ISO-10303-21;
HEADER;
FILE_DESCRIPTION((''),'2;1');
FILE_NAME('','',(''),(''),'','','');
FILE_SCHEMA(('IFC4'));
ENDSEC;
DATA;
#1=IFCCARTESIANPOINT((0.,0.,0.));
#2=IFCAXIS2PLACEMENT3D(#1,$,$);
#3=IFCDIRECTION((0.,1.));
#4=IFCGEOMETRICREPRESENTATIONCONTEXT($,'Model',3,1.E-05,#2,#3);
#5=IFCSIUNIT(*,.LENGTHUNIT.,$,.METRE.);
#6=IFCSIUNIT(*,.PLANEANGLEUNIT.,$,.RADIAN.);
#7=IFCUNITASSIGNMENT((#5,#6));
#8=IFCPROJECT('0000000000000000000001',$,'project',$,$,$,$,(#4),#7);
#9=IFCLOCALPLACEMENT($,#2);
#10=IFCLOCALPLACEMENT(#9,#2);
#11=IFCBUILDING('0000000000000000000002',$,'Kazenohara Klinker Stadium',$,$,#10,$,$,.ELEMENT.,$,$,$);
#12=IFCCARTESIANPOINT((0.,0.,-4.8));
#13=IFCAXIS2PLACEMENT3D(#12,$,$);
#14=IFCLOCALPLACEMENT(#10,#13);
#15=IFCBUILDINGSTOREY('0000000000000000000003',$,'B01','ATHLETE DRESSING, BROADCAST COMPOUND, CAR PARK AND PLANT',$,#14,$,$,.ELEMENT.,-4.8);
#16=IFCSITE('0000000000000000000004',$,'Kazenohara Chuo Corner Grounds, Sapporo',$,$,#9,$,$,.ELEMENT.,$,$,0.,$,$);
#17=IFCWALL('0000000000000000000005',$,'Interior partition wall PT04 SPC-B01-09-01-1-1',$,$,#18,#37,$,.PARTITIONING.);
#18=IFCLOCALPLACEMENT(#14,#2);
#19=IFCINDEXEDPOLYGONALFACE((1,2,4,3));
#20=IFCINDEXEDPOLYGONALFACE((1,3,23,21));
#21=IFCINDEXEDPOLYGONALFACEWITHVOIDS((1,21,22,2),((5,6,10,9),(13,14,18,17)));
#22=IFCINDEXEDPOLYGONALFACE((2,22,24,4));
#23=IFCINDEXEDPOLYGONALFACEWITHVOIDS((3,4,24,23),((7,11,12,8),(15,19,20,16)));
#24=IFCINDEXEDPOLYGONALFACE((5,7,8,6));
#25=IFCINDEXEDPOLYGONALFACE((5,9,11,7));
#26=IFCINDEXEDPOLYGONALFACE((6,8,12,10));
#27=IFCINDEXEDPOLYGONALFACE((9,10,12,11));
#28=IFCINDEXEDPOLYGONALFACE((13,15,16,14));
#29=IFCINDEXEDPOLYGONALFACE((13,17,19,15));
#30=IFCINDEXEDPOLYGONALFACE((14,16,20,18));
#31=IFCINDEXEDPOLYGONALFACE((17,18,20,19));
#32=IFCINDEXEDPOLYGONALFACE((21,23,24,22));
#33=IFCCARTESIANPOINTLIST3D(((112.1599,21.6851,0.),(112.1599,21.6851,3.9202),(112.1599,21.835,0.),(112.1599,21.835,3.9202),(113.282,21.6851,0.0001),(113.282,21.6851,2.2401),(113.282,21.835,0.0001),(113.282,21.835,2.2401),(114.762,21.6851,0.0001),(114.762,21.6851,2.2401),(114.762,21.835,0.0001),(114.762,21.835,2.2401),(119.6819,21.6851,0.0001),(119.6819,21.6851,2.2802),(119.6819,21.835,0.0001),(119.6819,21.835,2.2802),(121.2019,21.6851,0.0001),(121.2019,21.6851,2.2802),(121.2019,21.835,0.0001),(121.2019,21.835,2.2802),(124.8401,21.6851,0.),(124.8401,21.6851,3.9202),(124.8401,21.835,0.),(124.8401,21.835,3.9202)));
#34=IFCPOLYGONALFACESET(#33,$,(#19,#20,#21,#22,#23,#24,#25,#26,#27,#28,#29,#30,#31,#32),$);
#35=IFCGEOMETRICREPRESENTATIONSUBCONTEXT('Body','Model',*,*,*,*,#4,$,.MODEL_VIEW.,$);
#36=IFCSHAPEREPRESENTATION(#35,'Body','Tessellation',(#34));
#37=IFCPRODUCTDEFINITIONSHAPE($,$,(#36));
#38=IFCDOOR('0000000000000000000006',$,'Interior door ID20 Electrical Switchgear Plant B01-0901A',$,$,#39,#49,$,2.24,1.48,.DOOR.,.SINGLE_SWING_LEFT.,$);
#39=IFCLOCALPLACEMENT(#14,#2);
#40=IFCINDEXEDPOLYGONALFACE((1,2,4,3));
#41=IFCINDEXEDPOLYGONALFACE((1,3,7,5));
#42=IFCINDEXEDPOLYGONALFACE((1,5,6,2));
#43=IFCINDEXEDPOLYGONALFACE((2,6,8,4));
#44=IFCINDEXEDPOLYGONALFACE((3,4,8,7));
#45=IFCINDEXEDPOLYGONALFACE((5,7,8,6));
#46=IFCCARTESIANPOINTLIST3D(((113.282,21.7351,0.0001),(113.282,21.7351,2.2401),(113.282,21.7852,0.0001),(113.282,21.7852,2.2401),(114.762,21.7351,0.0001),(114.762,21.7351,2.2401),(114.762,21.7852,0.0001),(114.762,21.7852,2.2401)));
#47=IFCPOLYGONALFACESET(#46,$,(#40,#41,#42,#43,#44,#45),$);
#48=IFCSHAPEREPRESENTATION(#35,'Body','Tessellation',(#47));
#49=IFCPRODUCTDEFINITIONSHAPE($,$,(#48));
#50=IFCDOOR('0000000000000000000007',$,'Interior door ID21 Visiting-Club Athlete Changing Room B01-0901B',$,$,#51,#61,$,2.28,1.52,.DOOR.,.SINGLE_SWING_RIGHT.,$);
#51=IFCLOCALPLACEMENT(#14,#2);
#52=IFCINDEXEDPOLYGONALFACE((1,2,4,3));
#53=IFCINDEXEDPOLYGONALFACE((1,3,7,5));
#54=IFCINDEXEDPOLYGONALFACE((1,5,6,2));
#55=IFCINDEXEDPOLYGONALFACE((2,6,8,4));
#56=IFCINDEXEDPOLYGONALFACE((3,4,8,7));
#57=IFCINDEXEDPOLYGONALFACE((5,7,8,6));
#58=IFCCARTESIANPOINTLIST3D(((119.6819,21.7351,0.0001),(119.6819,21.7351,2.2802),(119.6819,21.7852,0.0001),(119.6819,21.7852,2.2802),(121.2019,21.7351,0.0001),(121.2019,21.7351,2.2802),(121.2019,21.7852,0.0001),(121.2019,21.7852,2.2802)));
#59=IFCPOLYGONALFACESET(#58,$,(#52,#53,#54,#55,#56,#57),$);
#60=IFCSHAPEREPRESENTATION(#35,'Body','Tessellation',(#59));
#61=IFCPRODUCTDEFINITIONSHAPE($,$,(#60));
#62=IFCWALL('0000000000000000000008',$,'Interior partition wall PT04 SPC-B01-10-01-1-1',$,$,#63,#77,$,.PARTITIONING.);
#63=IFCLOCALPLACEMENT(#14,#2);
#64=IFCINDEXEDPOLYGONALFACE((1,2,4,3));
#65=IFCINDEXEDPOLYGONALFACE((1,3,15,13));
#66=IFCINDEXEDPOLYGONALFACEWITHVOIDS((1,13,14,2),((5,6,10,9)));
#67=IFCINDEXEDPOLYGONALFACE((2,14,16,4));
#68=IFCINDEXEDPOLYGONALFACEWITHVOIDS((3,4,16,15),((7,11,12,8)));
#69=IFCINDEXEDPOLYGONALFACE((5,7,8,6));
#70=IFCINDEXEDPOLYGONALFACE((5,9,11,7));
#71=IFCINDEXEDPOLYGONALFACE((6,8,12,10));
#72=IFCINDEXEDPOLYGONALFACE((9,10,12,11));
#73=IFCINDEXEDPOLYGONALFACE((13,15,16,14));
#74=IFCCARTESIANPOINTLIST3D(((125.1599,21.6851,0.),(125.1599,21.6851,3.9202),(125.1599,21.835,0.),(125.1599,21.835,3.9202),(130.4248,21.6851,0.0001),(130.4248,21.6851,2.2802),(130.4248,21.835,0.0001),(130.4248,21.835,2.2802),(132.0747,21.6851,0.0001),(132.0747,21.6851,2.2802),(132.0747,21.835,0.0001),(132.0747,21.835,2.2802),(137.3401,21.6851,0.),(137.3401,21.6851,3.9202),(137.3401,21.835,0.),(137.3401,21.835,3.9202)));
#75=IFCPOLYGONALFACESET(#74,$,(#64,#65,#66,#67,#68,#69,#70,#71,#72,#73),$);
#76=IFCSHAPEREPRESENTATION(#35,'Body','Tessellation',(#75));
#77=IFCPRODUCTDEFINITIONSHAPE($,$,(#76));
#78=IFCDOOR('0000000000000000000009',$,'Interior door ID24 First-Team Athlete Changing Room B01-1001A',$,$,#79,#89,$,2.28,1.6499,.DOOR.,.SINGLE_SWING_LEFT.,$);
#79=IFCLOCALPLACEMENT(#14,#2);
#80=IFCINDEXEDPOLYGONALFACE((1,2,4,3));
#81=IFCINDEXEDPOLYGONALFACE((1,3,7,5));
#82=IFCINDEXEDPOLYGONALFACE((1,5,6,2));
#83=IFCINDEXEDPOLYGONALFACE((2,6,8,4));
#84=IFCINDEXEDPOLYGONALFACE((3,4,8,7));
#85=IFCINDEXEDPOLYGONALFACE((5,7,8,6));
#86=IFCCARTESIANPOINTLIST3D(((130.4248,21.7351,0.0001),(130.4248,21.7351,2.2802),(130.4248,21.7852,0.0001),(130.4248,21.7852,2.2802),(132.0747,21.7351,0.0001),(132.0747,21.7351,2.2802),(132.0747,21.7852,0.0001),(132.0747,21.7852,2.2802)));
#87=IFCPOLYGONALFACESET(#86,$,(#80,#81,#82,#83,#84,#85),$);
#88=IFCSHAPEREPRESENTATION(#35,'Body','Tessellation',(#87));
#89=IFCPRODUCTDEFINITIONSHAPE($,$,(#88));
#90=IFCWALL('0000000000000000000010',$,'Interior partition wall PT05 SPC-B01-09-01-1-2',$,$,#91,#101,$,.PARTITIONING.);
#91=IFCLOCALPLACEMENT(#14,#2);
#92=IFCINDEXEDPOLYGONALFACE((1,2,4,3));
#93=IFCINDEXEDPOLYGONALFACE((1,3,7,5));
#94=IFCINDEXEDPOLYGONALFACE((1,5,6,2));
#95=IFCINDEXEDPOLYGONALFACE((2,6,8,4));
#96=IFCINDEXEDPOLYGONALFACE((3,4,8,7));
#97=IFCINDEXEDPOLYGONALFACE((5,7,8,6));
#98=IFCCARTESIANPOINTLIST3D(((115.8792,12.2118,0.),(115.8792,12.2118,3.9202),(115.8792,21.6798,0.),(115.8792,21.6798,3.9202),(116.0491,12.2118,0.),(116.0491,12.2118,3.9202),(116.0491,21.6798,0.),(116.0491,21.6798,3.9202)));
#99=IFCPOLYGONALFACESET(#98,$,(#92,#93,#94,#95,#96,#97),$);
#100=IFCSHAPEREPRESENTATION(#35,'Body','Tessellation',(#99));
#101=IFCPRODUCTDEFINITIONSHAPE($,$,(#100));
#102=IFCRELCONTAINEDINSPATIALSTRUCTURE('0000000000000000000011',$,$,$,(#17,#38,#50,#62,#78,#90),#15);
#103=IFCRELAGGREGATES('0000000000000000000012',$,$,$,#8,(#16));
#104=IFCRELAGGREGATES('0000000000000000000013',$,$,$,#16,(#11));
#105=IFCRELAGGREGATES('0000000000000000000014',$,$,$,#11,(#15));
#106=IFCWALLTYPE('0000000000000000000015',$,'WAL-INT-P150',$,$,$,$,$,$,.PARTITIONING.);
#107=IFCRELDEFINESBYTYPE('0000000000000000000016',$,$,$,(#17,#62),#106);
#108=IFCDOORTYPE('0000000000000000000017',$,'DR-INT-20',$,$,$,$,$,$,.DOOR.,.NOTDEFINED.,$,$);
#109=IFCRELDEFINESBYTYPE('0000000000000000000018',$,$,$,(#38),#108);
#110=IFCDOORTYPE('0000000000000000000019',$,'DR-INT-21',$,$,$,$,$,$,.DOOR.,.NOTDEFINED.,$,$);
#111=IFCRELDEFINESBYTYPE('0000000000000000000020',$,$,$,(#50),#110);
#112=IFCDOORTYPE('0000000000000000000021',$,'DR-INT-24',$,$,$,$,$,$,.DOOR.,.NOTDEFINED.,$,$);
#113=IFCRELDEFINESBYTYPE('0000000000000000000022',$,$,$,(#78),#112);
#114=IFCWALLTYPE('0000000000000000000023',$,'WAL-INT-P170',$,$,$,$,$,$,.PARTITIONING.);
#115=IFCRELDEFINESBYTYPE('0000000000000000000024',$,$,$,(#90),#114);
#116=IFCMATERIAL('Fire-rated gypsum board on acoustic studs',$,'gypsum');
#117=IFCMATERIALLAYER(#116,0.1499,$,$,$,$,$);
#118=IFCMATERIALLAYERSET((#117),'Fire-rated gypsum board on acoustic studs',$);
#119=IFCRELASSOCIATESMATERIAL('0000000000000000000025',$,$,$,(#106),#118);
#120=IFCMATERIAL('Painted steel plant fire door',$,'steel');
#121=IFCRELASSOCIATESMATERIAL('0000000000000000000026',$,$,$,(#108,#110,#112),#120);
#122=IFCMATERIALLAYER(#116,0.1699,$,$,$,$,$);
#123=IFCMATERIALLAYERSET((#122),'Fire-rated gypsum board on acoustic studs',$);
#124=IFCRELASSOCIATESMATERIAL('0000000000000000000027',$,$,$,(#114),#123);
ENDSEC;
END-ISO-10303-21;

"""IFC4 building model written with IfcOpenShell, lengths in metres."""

from ifc_helpers import new_model, si_unit, direction, frame, frame_2d, origin, place, context, subcontext, project, spatial, rectangle, extrude, material, layer, layer_set, type_object, element, fill, save


model = new_model("IFC4")

# Units and contexts
model_context = context("Model", 3, precision=1e-05, world=origin(), true_north=direction((0.0, 1.0)))
body_context = subcontext(model_context, "Body", "Model", "MODEL_VIEW")
ifc_project = project(units=[si_unit("LENGTHUNIT", "METRE"), si_unit("PLANEANGLEUNIT", "RADIAN")], contexts=[model_context])

# Site, building, storey
site_placement = place(None, origin())
site = spatial("IfcSite", under=ifc_project, at=site_placement, Name="Kazenohara Chuo Corner Grounds, Sapporo", CompositionType="ELEMENT", RefElevation=0.0)
building_placement = place(site_placement, origin())
building = spatial("IfcBuilding", under=site, at=building_placement, Name="Kazenohara Klinker Stadium", CompositionType="ELEMENT")
storey_placement = place(building_placement, frame((0.0, 0.0, -4.8)))
storey = spatial("IfcBuildingStorey", under=building, at=storey_placement, Name="B01", Description="ATHLETE DRESSING, BROADCAST COMPOUND, CAR PARK AND PLANT", CompositionType="ELEMENT", Elevation=-4.8)

# Wall, openings, doors
ifc_material_1 = material(Name="Fire-rated gypsum board on acoustic studs", Category="gypsum")
ifc_layer_1 = layer(ifc_material_1, 0.1499)
ifc_layer_set_1 = layer_set([ifc_layer_1], Name="Fire-rated gypsum board on acoustic studs")
wall_type_1 = type_object("IfcWallType", Name="WAL-INT-P150", PredefinedType="PARTITIONING", material=ifc_layer_set_1)
wall_1_placement = place(storey_placement, frame((112.1599, 21.76, 0.0), z_axis=(0.0, 0.0, 1.0), x_axis=(1.0, 0.0, 0.0)))
wall_1 = element("IfcWall", 1, at=wall_1_placement, inside=storey, type_object=wall_type_1, Name="Interior partition wall PT04 SPC-B01-09-01-1-1", PredefinedType="PARTITIONING", context=body_context, shape_type="SweptSolid", body=[
    extrude(rectangle(XDim=12.6802, YDim=0.1499, at=frame_2d((6.3401, 0.0))), origin(), (0.0, 0.0, 1.0), 3.9202),
])
opening_1_placement = place(wall_1_placement, frame((2.6021, 0.0, 0.0), z_axis=(0.0, 0.0, 1.0), x_axis=(-1.0, 0.0, 0.0)))
opening_1 = element("IfcOpeningElement", 2, at=opening_1_placement, cuts=wall_1, PredefinedType="OPENING", context=body_context, shape_type="SweptSolid", body=[
    extrude(rectangle(XDim=1.48, YDim=2.24, at=frame_2d((0.74, 1.1201))), frame((0.0, 0.085, 0.0), z_axis=(0.0, -1.0, 0.0), x_axis=(1.0, 0.0, 0.0)), (0.0, 0.0, 1.0), 0.1699),
])
opening_2_placement = place(wall_1_placement, frame((9.042, 0.0, 0.0), z_axis=(0.0, 0.0, 1.0), x_axis=(-1.0, 0.0, 0.0)))
opening_2 = element("IfcOpeningElement", 3, at=opening_2_placement, cuts=wall_1, PredefinedType="OPENING", context=body_context, shape_type="SweptSolid", body=[
    extrude(rectangle(XDim=1.52, YDim=2.28, at=frame_2d((0.76, 1.1401))), frame((0.0, 0.085, 0.0), z_axis=(0.0, -1.0, 0.0), x_axis=(1.0, 0.0, 0.0)), (0.0, 0.0, 1.0), 0.1699),
])
ifc_material_2 = material(Name="Painted steel plant fire door", Category="steel")
door_type_1 = type_object("IfcDoorType", Name="DR-INT-20", OperationType="NOTDEFINED", PredefinedType="DOOR", material=ifc_material_2)
door_1_placement = place(opening_1_placement, origin())
door_1 = element("IfcDoor", 4, at=door_1_placement, inside=storey, type_object=door_type_1, Name="Interior door ID20 Electrical Switchgear Plant B01-0901A", OperationType="SINGLE_SWING_LEFT", OverallHeight=2.24, OverallWidth=1.48, PredefinedType="DOOR", context=body_context, shape_type="SweptSolid", body=[
    extrude(rectangle(XDim=1.48, YDim=2.24, at=frame_2d((0.74, 1.1201))), frame((0.0, 0.0249, 0.0), z_axis=(0.0, -1.0, 0.0), x_axis=(1.0, 0.0, 0.0)), (0.0, 0.0, 1.0), 0.05),
])
fill(opening_1, door_1)
door_type_2 = type_object("IfcDoorType", Name="DR-INT-21", OperationType="NOTDEFINED", PredefinedType="DOOR", material=ifc_material_2)
door_2_placement = place(opening_2_placement, origin())
door_2 = element("IfcDoor", 5, at=door_2_placement, inside=storey, type_object=door_type_2, Name="Interior door ID21 Visiting-Club Athlete Changing Room B01-0901B", OperationType="SINGLE_SWING_RIGHT", OverallHeight=2.28, OverallWidth=1.52, PredefinedType="DOOR", context=body_context, shape_type="SweptSolid", body=[
    extrude(rectangle(XDim=1.52, YDim=2.28, at=frame_2d((0.76, 1.1401))), frame((0.0, 0.0249, 0.0), z_axis=(0.0, -1.0, 0.0), x_axis=(1.0, 0.0, 0.0)), (0.0, 0.0, 1.0), 0.05),
])
fill(opening_2, door_2)

# Wall, opening, door
wall_2_placement = place(storey_placement, frame((125.1599, 21.76, 0.0), z_axis=(0.0, 0.0, 1.0), x_axis=(1.0, 0.0, 0.0)))
wall_2 = element("IfcWall", 6, at=wall_2_placement, inside=storey, type_object=wall_type_1, Name="Interior partition wall PT04 SPC-B01-10-01-1-1", PredefinedType="PARTITIONING", context=body_context, shape_type="SweptSolid", body=[
    extrude(rectangle(XDim=12.1802, YDim=0.1499, at=frame_2d((6.0901, 0.0))), origin(), (0.0, 0.0, 1.0), 3.9202),
])
opening_3_placement = place(wall_2_placement, frame((6.9148, 0.0, 0.0), z_axis=(0.0, 0.0, 1.0), x_axis=(-1.0, 0.0, 0.0)))
opening_3 = element("IfcOpeningElement", 7, at=opening_3_placement, cuts=wall_2, PredefinedType="OPENING", context=body_context, shape_type="SweptSolid", body=[
    extrude(rectangle(XDim=1.6499, YDim=2.28, at=frame_2d((0.825, 1.1401))), frame((0.0, 0.085, 0.0), z_axis=(0.0, -1.0, 0.0), x_axis=(1.0, 0.0, 0.0)), (0.0, 0.0, 1.0), 0.1699),
])
door_type_3 = type_object("IfcDoorType", Name="DR-INT-24", OperationType="NOTDEFINED", PredefinedType="DOOR", material=ifc_material_2)
door_3_placement = place(opening_3_placement, origin())
door_3 = element("IfcDoor", 8, at=door_3_placement, inside=storey, type_object=door_type_3, Name="Interior door ID24 First-Team Athlete Changing Room B01-1001A", OperationType="SINGLE_SWING_LEFT", OverallHeight=2.28, OverallWidth=1.6499, PredefinedType="DOOR", context=body_context, shape_type="SweptSolid", body=[
    extrude(rectangle(XDim=1.6499, YDim=2.28, at=frame_2d((0.825, 1.1401))), frame((0.0, 0.0249, 0.0), z_axis=(0.0, -1.0, 0.0), x_axis=(1.0, 0.0, 0.0)), (0.0, 0.0, 1.0), 0.05),
])
fill(opening_3, door_3)

# Wall
ifc_layer_2 = layer(ifc_material_1, 0.1699)
ifc_layer_set_2 = layer_set([ifc_layer_2], Name="Fire-rated gypsum board on acoustic studs")
wall_type_2 = type_object("IfcWallType", Name="WAL-INT-P170", PredefinedType="PARTITIONING", material=ifc_layer_set_2)
wall_3_placement = place(storey_placement, frame((115.9641, 12.2119, 0.0), z_axis=(0.0, 0.0, 1.0), x_axis=(0.0, 1.0, 0.0)))
element("IfcWall", 9, at=wall_3_placement, inside=storey, type_object=wall_type_2, Name="Interior partition wall PT05 SPC-B01-09-01-1-2", PredefinedType="PARTITIONING", context=body_context, shape_type="SweptSolid", body=[
    extrude(rectangle(XDim=9.468, YDim=0.1699, at=frame_2d((4.7339, 0.0))), origin(), (0.0, 0.0, 1.0), 3.9202),
])

save(model, "model.ifc")
